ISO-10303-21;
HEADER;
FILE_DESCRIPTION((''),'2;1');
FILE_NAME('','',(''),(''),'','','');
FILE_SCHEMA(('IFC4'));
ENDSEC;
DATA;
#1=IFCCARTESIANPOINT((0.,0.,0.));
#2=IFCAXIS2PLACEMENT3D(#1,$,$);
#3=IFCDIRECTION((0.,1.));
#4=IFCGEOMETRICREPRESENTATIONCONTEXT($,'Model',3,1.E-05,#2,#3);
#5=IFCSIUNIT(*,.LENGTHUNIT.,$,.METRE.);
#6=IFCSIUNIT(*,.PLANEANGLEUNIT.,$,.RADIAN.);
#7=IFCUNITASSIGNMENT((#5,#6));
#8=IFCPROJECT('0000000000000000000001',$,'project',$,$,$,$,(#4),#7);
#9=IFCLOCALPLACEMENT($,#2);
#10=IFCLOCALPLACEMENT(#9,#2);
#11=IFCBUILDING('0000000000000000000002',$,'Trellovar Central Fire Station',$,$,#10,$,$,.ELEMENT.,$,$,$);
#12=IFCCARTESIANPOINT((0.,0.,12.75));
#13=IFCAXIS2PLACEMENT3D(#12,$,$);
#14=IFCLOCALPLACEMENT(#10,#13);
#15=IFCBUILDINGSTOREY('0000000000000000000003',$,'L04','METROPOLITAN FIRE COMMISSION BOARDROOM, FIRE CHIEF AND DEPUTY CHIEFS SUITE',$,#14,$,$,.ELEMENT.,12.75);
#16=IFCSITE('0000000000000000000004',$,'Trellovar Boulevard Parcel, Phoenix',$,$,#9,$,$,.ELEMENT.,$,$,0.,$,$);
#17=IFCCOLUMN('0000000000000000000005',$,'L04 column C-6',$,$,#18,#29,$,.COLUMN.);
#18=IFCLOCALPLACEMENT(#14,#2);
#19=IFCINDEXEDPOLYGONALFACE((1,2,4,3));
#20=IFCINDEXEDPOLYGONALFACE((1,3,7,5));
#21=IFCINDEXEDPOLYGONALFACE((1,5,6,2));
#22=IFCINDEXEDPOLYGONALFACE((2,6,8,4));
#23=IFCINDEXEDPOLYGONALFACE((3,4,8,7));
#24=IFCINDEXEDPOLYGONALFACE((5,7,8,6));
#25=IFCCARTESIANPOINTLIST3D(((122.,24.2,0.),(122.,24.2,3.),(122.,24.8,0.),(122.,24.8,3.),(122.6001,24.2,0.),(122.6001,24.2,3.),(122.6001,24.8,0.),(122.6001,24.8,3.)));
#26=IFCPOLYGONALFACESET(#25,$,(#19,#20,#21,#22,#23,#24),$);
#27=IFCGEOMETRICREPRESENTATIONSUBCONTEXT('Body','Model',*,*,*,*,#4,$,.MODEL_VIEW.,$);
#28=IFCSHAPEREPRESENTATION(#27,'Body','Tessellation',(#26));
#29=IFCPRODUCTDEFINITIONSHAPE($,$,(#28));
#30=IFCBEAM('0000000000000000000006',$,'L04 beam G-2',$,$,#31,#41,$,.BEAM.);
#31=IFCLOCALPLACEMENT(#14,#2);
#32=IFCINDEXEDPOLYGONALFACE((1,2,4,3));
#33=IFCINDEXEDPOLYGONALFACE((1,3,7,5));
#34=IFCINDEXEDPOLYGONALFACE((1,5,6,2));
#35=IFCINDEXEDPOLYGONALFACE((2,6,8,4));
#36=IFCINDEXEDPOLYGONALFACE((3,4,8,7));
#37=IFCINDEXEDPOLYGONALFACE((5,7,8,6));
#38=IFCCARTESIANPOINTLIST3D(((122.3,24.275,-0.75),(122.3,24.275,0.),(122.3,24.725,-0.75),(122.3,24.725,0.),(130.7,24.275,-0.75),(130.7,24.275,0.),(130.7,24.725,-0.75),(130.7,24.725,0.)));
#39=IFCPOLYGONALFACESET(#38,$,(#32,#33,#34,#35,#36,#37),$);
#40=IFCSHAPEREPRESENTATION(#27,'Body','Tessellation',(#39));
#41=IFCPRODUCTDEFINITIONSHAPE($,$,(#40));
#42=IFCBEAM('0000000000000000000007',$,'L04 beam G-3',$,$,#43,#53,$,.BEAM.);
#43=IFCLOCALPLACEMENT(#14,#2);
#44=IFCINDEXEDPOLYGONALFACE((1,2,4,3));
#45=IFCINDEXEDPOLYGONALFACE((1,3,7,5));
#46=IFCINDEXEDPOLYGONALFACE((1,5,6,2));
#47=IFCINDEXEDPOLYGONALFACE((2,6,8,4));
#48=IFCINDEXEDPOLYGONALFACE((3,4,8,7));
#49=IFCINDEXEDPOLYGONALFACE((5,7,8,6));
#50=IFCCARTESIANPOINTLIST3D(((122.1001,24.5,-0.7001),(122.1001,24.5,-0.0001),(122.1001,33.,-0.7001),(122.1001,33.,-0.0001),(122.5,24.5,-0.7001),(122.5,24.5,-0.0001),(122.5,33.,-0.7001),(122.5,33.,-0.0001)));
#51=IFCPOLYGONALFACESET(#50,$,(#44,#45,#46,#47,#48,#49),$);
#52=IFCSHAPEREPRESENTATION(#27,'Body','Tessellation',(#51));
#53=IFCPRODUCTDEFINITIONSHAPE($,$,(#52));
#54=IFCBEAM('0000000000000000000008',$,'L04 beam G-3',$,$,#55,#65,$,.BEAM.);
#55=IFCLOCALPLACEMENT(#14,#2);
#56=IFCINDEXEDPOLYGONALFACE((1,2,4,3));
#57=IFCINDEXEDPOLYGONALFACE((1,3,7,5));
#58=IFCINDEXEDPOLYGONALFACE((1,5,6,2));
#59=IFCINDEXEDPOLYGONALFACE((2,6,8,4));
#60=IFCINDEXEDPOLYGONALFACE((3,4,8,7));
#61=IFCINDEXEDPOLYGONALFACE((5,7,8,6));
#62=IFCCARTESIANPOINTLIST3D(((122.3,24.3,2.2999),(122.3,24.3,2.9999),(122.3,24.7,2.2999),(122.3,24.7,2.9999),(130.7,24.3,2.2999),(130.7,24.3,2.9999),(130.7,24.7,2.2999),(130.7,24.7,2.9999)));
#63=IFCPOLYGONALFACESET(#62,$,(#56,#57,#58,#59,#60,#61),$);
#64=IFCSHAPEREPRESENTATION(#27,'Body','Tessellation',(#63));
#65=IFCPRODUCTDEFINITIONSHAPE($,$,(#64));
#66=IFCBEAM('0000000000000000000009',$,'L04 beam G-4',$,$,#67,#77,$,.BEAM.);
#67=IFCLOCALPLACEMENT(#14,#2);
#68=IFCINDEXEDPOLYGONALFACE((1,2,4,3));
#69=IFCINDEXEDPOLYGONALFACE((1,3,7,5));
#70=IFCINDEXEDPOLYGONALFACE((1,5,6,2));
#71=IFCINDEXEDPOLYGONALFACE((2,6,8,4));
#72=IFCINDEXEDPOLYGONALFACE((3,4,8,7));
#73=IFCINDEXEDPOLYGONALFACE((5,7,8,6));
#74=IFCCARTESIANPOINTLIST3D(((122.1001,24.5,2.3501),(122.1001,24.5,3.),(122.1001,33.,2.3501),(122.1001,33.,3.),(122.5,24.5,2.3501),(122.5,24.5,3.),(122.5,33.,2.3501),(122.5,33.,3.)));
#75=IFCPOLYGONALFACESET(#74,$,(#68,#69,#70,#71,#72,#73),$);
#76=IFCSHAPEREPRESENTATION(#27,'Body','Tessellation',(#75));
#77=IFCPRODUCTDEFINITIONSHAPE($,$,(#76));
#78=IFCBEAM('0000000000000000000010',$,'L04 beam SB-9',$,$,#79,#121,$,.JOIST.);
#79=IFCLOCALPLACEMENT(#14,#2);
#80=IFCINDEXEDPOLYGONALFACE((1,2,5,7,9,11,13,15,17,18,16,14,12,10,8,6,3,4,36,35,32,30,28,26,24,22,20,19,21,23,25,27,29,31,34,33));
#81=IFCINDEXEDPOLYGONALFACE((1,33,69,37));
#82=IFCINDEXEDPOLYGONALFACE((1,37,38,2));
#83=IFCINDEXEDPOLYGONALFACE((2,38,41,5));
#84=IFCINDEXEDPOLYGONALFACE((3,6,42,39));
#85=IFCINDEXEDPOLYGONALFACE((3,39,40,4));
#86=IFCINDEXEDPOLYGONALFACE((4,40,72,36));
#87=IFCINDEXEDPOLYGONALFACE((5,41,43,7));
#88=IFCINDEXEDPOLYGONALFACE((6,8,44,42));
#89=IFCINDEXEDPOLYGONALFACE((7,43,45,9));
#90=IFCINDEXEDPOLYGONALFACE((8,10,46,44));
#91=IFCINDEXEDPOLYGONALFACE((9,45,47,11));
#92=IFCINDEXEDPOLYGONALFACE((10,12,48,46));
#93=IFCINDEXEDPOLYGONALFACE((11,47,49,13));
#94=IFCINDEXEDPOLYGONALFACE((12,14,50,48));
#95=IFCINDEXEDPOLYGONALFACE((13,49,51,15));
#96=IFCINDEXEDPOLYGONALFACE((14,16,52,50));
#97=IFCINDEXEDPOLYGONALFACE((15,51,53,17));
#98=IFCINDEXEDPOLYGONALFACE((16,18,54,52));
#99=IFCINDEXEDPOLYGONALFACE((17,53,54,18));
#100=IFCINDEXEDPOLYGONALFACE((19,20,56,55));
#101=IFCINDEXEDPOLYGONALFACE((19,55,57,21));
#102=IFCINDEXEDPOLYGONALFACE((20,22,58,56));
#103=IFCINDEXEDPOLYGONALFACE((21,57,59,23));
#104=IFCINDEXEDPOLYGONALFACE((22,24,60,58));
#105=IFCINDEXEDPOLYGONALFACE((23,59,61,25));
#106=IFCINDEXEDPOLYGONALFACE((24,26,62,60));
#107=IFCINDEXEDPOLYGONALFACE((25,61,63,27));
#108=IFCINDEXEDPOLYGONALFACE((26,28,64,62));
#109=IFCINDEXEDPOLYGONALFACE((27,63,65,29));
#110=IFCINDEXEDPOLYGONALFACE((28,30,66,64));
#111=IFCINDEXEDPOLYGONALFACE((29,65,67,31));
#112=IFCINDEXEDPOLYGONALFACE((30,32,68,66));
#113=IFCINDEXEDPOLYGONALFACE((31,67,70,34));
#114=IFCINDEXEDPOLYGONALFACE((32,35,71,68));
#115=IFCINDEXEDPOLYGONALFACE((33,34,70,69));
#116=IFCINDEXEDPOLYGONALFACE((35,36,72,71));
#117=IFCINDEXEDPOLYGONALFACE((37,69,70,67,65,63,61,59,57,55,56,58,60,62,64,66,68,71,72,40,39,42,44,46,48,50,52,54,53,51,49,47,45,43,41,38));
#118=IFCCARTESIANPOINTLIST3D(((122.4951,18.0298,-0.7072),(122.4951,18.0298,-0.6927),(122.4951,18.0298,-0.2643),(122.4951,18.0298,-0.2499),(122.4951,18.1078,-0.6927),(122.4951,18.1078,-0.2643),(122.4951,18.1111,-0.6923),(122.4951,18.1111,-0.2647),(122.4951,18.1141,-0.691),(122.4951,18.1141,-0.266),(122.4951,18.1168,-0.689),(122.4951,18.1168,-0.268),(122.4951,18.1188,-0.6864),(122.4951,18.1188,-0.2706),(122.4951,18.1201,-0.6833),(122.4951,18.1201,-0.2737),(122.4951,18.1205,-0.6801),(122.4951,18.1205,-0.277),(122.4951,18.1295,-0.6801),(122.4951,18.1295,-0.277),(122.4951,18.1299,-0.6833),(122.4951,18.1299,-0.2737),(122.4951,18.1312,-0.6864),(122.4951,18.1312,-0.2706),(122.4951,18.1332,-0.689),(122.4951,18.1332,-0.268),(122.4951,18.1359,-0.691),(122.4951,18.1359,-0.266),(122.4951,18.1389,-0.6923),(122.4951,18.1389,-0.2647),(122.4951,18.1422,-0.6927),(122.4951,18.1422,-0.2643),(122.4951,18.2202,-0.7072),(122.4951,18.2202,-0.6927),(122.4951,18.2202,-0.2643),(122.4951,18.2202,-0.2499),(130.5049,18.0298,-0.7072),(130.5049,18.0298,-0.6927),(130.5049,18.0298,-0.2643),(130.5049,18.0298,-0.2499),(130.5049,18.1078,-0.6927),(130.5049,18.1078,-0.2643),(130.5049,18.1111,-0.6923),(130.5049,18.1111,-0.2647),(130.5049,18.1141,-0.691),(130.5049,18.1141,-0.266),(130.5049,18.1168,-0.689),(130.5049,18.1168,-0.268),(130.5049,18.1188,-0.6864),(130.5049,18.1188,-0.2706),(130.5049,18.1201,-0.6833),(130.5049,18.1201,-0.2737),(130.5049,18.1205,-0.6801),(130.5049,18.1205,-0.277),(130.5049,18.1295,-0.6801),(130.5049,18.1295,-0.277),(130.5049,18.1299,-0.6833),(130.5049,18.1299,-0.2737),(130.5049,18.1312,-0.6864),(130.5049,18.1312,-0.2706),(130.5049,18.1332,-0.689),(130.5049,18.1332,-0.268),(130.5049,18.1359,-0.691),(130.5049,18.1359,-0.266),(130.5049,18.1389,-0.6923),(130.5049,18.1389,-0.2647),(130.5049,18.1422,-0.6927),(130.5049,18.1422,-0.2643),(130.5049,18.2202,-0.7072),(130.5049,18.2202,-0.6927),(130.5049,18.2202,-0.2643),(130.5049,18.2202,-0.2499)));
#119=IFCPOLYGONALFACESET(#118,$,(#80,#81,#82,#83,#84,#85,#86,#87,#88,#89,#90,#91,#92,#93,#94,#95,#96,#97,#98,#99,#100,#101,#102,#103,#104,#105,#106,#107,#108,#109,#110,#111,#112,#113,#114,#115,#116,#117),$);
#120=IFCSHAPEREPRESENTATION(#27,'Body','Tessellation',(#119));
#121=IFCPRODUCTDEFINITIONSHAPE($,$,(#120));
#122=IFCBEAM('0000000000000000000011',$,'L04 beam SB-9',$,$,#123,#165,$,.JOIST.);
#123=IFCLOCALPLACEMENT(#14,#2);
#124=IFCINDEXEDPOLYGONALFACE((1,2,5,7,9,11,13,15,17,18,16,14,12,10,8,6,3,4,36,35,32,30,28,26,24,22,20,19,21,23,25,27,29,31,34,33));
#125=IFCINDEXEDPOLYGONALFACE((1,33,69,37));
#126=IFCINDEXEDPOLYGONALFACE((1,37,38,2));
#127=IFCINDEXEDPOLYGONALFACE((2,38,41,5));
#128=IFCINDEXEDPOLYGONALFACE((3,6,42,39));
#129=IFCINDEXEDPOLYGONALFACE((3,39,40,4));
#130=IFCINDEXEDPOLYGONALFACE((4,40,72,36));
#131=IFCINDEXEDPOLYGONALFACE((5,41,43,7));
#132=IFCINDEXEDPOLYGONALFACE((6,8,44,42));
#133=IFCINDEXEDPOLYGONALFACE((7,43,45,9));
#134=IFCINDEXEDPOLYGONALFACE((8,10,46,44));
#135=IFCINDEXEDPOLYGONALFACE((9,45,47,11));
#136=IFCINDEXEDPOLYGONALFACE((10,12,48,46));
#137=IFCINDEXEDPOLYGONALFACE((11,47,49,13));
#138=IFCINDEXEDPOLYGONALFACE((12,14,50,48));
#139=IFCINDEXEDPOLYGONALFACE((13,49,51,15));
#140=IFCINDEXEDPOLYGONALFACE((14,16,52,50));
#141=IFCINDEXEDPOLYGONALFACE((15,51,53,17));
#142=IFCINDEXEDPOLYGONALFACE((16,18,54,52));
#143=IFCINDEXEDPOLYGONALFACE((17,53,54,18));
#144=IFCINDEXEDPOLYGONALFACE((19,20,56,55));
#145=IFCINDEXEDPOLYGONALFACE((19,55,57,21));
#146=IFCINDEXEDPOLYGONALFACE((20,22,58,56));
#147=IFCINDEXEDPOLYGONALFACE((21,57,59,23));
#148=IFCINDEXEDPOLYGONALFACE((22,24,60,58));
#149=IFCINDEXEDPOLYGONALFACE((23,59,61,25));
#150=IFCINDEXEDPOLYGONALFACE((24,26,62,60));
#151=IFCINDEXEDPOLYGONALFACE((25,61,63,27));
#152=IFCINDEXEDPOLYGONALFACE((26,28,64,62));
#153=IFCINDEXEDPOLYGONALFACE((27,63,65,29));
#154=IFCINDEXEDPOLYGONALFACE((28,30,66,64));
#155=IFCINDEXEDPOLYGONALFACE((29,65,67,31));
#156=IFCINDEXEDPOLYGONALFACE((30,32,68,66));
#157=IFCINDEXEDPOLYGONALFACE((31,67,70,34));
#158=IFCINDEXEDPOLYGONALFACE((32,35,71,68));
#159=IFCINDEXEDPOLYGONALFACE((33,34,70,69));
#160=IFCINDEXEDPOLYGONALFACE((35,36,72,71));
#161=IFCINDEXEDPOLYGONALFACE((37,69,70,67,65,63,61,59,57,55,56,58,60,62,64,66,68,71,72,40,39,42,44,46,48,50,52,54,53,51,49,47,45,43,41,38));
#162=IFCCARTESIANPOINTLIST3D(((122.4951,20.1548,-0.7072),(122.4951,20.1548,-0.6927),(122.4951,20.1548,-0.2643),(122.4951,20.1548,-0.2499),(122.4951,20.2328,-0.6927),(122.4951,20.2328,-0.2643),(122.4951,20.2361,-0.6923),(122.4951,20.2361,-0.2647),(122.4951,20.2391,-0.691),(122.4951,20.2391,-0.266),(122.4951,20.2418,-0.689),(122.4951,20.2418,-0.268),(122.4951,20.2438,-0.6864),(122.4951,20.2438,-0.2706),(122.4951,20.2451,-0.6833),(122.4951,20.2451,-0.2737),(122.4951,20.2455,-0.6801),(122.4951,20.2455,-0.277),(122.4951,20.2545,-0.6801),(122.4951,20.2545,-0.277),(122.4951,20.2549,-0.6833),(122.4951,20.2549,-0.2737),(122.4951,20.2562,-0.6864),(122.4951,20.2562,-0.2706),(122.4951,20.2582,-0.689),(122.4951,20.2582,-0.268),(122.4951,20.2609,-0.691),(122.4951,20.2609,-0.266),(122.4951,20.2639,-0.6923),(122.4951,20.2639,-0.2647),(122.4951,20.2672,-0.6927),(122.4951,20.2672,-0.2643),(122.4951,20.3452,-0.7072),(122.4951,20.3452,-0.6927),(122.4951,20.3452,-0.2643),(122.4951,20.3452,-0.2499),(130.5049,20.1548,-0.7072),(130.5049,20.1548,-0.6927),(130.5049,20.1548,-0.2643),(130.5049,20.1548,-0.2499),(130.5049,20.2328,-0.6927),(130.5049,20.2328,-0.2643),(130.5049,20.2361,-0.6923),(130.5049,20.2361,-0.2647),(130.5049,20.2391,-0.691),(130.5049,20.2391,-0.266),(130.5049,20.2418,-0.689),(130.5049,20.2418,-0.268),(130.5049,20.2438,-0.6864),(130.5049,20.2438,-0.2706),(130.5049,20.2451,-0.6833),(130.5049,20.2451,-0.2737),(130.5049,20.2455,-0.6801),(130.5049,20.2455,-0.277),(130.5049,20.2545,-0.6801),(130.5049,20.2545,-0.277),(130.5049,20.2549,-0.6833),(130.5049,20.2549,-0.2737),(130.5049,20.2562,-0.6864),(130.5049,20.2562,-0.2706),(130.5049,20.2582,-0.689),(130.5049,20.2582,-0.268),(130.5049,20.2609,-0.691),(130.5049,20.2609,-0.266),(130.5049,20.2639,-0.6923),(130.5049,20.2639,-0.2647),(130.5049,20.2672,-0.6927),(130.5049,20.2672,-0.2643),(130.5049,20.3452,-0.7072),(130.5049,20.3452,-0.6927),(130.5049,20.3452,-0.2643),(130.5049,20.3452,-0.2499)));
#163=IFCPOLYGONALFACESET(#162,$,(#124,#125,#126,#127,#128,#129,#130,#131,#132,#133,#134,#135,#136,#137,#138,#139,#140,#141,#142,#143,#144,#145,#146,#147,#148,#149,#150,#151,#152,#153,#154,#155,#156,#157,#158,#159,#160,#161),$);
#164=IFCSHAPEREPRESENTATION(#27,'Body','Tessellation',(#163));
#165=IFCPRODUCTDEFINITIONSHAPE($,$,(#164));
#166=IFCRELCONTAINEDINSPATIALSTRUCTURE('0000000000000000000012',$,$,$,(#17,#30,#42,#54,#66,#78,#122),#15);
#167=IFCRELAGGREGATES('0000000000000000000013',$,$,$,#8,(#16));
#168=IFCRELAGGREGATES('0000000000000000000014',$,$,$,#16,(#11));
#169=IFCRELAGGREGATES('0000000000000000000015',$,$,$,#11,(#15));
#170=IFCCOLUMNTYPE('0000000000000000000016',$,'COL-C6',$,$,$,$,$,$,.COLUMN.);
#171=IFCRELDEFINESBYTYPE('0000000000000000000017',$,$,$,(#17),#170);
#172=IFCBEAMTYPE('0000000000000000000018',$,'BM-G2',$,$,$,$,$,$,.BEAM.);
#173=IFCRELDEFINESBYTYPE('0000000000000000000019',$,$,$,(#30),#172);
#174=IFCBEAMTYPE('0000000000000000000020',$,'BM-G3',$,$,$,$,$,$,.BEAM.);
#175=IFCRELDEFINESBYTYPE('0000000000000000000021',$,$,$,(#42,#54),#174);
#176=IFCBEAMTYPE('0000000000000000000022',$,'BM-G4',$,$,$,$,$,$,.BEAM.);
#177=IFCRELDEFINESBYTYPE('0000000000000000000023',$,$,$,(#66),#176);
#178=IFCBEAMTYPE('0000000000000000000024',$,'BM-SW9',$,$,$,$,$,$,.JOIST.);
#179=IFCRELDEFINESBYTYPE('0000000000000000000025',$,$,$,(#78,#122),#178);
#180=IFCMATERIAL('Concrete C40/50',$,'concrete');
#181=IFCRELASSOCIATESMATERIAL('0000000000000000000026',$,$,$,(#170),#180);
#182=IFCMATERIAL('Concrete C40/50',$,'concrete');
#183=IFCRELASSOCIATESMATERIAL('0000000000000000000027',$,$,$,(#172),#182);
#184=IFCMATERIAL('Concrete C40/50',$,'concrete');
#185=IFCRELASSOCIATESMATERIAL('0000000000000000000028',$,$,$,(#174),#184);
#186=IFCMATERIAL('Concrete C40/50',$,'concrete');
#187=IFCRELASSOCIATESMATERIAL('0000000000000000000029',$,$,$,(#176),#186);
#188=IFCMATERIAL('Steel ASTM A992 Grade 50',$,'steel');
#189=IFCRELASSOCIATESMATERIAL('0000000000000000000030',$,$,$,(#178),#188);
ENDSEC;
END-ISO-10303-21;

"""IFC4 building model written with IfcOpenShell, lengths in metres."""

from ifc_helpers import new_model, si_unit, direction, frame, origin, origin_2d, place, context, subcontext, project, spatial, rectangle, i_section, extrude, material, material_profile, profile_set, type_object, element, save


model = new_model("IFC4")

# Units and contexts
model_context = context("Model", 3, precision=1e-05, world=origin(), true_north=direction((0.0, 1.0)))
body_context = subcontext(model_context, "Body", "Model", "MODEL_VIEW")
ifc_project = project(units=[si_unit("LENGTHUNIT", "METRE"), si_unit("PLANEANGLEUNIT", "RADIAN")], contexts=[model_context])

# Site, building, storey
site_placement = place(None, origin())
site = spatial("IfcSite", under=ifc_project, at=site_placement, Name="Trellovar Boulevard Parcel, Phoenix", CompositionType="ELEMENT", RefElevation=0.0)
building_placement = place(site_placement, origin())
building = spatial("IfcBuilding", under=site, at=building_placement, Name="Trellovar Central Fire Station", CompositionType="ELEMENT")
storey_placement = place(building_placement, frame((0.0, 0.0, 12.75)))
storey = spatial("IfcBuildingStorey", under=building, at=storey_placement, Name="L04", Description="METROPOLITAN FIRE COMMISSION BOARDROOM, FIRE CHIEF AND DEPUTY CHIEFS SUITE", CompositionType="ELEMENT", Elevation=12.75)

# Column
ifc_material_1 = material(Name="Concrete C40/50", Category="concrete")
ifc_material_profile_1 = material_profile(ifc_material_1, rectangle(XDim=0.6001, YDim=0.6001, at=origin_2d()), Name="RC600X600")
ifc_profile_set_1 = profile_set([ifc_material_profile_1], Name="Concrete C40/50")
column_type = type_object("IfcColumnType", Name="COL-C6", PredefinedType="COLUMN", material=ifc_profile_set_1)
column_placement = place(storey_placement, frame((122.3, 24.5, 0.0), z_axis=(0.0, 0.0, 1.0), x_axis=(1.0, 0.0, 0.0)))
element("IfcColumn", 1, at=column_placement, inside=storey, type_object=column_type, Name="L04 column C-6", PredefinedType="COLUMN", context=body_context, shape_type="SweptSolid", body=[
    extrude(rectangle(XDim=0.6001, YDim=0.6001, at=origin_2d()), origin(), (0.0, 0.0, 1.0), 3.0),
])

# Beams
ifc_material_2 = material(Name="Concrete C40/50", Category="concrete")
ifc_material_profile_2 = material_profile(ifc_material_2, rectangle(XDim=0.45, YDim=0.75, at=origin_2d()), Name="RC450X750")
ifc_profile_set_2 = profile_set([ifc_material_profile_2], Name="Concrete C40/50")
beam_type_1 = type_object("IfcBeamType", Name="BM-G2", PredefinedType="BEAM", material=ifc_profile_set_2)
beam_1_placement = place(storey_placement, frame((122.3, 24.5, -0.375), z_axis=(1.0, 0.0, 0.0), x_axis=(0.0, 1.0, 0.0)))
element("IfcBeam", 2, at=beam_1_placement, inside=storey, type_object=beam_type_1, Name="L04 beam G-2", PredefinedType="BEAM", context=body_context, shape_type="SweptSolid", body=[
    extrude(rectangle(XDim=0.45, YDim=0.75, at=origin_2d()), origin(), (0.0, 0.0, 1.0), 8.3999),
])
ifc_material_3 = material(Name="Concrete C40/50", Category="concrete")
ifc_material_profile_3 = material_profile(ifc_material_3, rectangle(XDim=0.3999, YDim=0.7, at=origin_2d()), Name="RC400X700")
ifc_profile_set_3 = profile_set([ifc_material_profile_3], Name="Concrete C40/50")
beam_type_2 = type_object("IfcBeamType", Name="BM-G3", PredefinedType="BEAM", material=ifc_profile_set_3)
beam_2_placement = place(storey_placement, frame((122.3, 24.5, -0.3501), z_axis=(0.0, 1.0, 0.0), x_axis=(-1.0, 0.0, 0.0)))
element("IfcBeam", 3, at=beam_2_placement, inside=storey, type_object=beam_type_2, Name="L04 beam G-3", PredefinedType="BEAM", context=body_context, shape_type="SweptSolid", body=[
    extrude(rectangle(XDim=0.3999, YDim=0.7, at=origin_2d()), origin(), (0.0, 0.0, 1.0), 8.5),
])
beam_3_placement = place(storey_placement, frame((122.3, 24.5, 2.6499), z_axis=(1.0, 0.0, 0.0), x_axis=(0.0, 1.0, 0.0)))
element("IfcBeam", 4, at=beam_3_placement, inside=storey, type_object=beam_type_2, Name="L04 beam G-3", PredefinedType="BEAM", context=body_context, shape_type="SweptSolid", body=[
    extrude(rectangle(XDim=0.3999, YDim=0.7, at=origin_2d()), origin(), (0.0, 0.0, 1.0), 8.3999),
])
ifc_material_4 = material(Name="Concrete C40/50", Category="concrete")
ifc_material_profile_4 = material_profile(ifc_material_4, rectangle(XDim=0.3999, YDim=0.6499, at=origin_2d()), Name="RC400X650")
ifc_profile_set_4 = profile_set([ifc_material_profile_4], Name="Concrete C40/50")
beam_type_3 = type_object("IfcBeamType", Name="BM-G4", PredefinedType="BEAM", material=ifc_profile_set_4)
beam_4_placement = place(storey_placement, frame((122.3, 24.5, 2.675), z_axis=(0.0, 1.0, 0.0), x_axis=(-1.0, 0.0, 0.0)))
element("IfcBeam", 5, at=beam_4_placement, inside=storey, type_object=beam_type_3, Name="L04 beam G-4", PredefinedType="BEAM", context=body_context, shape_type="SweptSolid", body=[
    extrude(rectangle(XDim=0.3999, YDim=0.6499, at=origin_2d()), origin(), (0.0, 0.0, 1.0), 8.5),
])
ifc_material_5 = material(Name="Steel ASTM A992 Grade 50", Category="steel")
ifc_material_profile_5 = material_profile(ifc_material_5, i_section(OverallWidth=0.1904, OverallDepth=0.4573, WebThickness=0.009, FlangeThickness=0.0144, FilletRadius=0.0127, at=origin_2d()), Name="W18X50")
ifc_profile_set_5 = profile_set([ifc_material_profile_5], Name="Steel ASTM A992 Grade 50")
beam_type_4 = type_object("IfcBeamType", Name="BM-SW9", PredefinedType="JOIST", material=ifc_profile_set_5)
for number, where, z_axis, x_axis, name in (
    (6, (122.4951, 18.125, -0.4785), (1.0, 0.0, 0.0), (0.0, 1.0, 0.0), "L04 beam SB-9"),
    (7, (122.4951, 20.25, -0.4785), (1.0, 0.0, 0.0), (0.0, 1.0, 0.0), "L04 beam SB-9"),
):
    element("IfcBeam", number, at=place(storey_placement, frame(where, z_axis=z_axis, x_axis=x_axis)), inside=storey, type_object=beam_type_4, Name=name, PredefinedType="JOIST", context=body_context, shape_type="SweptSolid", body=[
        extrude(i_section(OverallWidth=0.1904, OverallDepth=0.4573, WebThickness=0.009, FlangeThickness=0.0144, FilletRadius=0.0127, at=origin_2d()), origin(), (0.0, 0.0, 1.0), 8.0098),
    ])

save(model, "model.ifc")
